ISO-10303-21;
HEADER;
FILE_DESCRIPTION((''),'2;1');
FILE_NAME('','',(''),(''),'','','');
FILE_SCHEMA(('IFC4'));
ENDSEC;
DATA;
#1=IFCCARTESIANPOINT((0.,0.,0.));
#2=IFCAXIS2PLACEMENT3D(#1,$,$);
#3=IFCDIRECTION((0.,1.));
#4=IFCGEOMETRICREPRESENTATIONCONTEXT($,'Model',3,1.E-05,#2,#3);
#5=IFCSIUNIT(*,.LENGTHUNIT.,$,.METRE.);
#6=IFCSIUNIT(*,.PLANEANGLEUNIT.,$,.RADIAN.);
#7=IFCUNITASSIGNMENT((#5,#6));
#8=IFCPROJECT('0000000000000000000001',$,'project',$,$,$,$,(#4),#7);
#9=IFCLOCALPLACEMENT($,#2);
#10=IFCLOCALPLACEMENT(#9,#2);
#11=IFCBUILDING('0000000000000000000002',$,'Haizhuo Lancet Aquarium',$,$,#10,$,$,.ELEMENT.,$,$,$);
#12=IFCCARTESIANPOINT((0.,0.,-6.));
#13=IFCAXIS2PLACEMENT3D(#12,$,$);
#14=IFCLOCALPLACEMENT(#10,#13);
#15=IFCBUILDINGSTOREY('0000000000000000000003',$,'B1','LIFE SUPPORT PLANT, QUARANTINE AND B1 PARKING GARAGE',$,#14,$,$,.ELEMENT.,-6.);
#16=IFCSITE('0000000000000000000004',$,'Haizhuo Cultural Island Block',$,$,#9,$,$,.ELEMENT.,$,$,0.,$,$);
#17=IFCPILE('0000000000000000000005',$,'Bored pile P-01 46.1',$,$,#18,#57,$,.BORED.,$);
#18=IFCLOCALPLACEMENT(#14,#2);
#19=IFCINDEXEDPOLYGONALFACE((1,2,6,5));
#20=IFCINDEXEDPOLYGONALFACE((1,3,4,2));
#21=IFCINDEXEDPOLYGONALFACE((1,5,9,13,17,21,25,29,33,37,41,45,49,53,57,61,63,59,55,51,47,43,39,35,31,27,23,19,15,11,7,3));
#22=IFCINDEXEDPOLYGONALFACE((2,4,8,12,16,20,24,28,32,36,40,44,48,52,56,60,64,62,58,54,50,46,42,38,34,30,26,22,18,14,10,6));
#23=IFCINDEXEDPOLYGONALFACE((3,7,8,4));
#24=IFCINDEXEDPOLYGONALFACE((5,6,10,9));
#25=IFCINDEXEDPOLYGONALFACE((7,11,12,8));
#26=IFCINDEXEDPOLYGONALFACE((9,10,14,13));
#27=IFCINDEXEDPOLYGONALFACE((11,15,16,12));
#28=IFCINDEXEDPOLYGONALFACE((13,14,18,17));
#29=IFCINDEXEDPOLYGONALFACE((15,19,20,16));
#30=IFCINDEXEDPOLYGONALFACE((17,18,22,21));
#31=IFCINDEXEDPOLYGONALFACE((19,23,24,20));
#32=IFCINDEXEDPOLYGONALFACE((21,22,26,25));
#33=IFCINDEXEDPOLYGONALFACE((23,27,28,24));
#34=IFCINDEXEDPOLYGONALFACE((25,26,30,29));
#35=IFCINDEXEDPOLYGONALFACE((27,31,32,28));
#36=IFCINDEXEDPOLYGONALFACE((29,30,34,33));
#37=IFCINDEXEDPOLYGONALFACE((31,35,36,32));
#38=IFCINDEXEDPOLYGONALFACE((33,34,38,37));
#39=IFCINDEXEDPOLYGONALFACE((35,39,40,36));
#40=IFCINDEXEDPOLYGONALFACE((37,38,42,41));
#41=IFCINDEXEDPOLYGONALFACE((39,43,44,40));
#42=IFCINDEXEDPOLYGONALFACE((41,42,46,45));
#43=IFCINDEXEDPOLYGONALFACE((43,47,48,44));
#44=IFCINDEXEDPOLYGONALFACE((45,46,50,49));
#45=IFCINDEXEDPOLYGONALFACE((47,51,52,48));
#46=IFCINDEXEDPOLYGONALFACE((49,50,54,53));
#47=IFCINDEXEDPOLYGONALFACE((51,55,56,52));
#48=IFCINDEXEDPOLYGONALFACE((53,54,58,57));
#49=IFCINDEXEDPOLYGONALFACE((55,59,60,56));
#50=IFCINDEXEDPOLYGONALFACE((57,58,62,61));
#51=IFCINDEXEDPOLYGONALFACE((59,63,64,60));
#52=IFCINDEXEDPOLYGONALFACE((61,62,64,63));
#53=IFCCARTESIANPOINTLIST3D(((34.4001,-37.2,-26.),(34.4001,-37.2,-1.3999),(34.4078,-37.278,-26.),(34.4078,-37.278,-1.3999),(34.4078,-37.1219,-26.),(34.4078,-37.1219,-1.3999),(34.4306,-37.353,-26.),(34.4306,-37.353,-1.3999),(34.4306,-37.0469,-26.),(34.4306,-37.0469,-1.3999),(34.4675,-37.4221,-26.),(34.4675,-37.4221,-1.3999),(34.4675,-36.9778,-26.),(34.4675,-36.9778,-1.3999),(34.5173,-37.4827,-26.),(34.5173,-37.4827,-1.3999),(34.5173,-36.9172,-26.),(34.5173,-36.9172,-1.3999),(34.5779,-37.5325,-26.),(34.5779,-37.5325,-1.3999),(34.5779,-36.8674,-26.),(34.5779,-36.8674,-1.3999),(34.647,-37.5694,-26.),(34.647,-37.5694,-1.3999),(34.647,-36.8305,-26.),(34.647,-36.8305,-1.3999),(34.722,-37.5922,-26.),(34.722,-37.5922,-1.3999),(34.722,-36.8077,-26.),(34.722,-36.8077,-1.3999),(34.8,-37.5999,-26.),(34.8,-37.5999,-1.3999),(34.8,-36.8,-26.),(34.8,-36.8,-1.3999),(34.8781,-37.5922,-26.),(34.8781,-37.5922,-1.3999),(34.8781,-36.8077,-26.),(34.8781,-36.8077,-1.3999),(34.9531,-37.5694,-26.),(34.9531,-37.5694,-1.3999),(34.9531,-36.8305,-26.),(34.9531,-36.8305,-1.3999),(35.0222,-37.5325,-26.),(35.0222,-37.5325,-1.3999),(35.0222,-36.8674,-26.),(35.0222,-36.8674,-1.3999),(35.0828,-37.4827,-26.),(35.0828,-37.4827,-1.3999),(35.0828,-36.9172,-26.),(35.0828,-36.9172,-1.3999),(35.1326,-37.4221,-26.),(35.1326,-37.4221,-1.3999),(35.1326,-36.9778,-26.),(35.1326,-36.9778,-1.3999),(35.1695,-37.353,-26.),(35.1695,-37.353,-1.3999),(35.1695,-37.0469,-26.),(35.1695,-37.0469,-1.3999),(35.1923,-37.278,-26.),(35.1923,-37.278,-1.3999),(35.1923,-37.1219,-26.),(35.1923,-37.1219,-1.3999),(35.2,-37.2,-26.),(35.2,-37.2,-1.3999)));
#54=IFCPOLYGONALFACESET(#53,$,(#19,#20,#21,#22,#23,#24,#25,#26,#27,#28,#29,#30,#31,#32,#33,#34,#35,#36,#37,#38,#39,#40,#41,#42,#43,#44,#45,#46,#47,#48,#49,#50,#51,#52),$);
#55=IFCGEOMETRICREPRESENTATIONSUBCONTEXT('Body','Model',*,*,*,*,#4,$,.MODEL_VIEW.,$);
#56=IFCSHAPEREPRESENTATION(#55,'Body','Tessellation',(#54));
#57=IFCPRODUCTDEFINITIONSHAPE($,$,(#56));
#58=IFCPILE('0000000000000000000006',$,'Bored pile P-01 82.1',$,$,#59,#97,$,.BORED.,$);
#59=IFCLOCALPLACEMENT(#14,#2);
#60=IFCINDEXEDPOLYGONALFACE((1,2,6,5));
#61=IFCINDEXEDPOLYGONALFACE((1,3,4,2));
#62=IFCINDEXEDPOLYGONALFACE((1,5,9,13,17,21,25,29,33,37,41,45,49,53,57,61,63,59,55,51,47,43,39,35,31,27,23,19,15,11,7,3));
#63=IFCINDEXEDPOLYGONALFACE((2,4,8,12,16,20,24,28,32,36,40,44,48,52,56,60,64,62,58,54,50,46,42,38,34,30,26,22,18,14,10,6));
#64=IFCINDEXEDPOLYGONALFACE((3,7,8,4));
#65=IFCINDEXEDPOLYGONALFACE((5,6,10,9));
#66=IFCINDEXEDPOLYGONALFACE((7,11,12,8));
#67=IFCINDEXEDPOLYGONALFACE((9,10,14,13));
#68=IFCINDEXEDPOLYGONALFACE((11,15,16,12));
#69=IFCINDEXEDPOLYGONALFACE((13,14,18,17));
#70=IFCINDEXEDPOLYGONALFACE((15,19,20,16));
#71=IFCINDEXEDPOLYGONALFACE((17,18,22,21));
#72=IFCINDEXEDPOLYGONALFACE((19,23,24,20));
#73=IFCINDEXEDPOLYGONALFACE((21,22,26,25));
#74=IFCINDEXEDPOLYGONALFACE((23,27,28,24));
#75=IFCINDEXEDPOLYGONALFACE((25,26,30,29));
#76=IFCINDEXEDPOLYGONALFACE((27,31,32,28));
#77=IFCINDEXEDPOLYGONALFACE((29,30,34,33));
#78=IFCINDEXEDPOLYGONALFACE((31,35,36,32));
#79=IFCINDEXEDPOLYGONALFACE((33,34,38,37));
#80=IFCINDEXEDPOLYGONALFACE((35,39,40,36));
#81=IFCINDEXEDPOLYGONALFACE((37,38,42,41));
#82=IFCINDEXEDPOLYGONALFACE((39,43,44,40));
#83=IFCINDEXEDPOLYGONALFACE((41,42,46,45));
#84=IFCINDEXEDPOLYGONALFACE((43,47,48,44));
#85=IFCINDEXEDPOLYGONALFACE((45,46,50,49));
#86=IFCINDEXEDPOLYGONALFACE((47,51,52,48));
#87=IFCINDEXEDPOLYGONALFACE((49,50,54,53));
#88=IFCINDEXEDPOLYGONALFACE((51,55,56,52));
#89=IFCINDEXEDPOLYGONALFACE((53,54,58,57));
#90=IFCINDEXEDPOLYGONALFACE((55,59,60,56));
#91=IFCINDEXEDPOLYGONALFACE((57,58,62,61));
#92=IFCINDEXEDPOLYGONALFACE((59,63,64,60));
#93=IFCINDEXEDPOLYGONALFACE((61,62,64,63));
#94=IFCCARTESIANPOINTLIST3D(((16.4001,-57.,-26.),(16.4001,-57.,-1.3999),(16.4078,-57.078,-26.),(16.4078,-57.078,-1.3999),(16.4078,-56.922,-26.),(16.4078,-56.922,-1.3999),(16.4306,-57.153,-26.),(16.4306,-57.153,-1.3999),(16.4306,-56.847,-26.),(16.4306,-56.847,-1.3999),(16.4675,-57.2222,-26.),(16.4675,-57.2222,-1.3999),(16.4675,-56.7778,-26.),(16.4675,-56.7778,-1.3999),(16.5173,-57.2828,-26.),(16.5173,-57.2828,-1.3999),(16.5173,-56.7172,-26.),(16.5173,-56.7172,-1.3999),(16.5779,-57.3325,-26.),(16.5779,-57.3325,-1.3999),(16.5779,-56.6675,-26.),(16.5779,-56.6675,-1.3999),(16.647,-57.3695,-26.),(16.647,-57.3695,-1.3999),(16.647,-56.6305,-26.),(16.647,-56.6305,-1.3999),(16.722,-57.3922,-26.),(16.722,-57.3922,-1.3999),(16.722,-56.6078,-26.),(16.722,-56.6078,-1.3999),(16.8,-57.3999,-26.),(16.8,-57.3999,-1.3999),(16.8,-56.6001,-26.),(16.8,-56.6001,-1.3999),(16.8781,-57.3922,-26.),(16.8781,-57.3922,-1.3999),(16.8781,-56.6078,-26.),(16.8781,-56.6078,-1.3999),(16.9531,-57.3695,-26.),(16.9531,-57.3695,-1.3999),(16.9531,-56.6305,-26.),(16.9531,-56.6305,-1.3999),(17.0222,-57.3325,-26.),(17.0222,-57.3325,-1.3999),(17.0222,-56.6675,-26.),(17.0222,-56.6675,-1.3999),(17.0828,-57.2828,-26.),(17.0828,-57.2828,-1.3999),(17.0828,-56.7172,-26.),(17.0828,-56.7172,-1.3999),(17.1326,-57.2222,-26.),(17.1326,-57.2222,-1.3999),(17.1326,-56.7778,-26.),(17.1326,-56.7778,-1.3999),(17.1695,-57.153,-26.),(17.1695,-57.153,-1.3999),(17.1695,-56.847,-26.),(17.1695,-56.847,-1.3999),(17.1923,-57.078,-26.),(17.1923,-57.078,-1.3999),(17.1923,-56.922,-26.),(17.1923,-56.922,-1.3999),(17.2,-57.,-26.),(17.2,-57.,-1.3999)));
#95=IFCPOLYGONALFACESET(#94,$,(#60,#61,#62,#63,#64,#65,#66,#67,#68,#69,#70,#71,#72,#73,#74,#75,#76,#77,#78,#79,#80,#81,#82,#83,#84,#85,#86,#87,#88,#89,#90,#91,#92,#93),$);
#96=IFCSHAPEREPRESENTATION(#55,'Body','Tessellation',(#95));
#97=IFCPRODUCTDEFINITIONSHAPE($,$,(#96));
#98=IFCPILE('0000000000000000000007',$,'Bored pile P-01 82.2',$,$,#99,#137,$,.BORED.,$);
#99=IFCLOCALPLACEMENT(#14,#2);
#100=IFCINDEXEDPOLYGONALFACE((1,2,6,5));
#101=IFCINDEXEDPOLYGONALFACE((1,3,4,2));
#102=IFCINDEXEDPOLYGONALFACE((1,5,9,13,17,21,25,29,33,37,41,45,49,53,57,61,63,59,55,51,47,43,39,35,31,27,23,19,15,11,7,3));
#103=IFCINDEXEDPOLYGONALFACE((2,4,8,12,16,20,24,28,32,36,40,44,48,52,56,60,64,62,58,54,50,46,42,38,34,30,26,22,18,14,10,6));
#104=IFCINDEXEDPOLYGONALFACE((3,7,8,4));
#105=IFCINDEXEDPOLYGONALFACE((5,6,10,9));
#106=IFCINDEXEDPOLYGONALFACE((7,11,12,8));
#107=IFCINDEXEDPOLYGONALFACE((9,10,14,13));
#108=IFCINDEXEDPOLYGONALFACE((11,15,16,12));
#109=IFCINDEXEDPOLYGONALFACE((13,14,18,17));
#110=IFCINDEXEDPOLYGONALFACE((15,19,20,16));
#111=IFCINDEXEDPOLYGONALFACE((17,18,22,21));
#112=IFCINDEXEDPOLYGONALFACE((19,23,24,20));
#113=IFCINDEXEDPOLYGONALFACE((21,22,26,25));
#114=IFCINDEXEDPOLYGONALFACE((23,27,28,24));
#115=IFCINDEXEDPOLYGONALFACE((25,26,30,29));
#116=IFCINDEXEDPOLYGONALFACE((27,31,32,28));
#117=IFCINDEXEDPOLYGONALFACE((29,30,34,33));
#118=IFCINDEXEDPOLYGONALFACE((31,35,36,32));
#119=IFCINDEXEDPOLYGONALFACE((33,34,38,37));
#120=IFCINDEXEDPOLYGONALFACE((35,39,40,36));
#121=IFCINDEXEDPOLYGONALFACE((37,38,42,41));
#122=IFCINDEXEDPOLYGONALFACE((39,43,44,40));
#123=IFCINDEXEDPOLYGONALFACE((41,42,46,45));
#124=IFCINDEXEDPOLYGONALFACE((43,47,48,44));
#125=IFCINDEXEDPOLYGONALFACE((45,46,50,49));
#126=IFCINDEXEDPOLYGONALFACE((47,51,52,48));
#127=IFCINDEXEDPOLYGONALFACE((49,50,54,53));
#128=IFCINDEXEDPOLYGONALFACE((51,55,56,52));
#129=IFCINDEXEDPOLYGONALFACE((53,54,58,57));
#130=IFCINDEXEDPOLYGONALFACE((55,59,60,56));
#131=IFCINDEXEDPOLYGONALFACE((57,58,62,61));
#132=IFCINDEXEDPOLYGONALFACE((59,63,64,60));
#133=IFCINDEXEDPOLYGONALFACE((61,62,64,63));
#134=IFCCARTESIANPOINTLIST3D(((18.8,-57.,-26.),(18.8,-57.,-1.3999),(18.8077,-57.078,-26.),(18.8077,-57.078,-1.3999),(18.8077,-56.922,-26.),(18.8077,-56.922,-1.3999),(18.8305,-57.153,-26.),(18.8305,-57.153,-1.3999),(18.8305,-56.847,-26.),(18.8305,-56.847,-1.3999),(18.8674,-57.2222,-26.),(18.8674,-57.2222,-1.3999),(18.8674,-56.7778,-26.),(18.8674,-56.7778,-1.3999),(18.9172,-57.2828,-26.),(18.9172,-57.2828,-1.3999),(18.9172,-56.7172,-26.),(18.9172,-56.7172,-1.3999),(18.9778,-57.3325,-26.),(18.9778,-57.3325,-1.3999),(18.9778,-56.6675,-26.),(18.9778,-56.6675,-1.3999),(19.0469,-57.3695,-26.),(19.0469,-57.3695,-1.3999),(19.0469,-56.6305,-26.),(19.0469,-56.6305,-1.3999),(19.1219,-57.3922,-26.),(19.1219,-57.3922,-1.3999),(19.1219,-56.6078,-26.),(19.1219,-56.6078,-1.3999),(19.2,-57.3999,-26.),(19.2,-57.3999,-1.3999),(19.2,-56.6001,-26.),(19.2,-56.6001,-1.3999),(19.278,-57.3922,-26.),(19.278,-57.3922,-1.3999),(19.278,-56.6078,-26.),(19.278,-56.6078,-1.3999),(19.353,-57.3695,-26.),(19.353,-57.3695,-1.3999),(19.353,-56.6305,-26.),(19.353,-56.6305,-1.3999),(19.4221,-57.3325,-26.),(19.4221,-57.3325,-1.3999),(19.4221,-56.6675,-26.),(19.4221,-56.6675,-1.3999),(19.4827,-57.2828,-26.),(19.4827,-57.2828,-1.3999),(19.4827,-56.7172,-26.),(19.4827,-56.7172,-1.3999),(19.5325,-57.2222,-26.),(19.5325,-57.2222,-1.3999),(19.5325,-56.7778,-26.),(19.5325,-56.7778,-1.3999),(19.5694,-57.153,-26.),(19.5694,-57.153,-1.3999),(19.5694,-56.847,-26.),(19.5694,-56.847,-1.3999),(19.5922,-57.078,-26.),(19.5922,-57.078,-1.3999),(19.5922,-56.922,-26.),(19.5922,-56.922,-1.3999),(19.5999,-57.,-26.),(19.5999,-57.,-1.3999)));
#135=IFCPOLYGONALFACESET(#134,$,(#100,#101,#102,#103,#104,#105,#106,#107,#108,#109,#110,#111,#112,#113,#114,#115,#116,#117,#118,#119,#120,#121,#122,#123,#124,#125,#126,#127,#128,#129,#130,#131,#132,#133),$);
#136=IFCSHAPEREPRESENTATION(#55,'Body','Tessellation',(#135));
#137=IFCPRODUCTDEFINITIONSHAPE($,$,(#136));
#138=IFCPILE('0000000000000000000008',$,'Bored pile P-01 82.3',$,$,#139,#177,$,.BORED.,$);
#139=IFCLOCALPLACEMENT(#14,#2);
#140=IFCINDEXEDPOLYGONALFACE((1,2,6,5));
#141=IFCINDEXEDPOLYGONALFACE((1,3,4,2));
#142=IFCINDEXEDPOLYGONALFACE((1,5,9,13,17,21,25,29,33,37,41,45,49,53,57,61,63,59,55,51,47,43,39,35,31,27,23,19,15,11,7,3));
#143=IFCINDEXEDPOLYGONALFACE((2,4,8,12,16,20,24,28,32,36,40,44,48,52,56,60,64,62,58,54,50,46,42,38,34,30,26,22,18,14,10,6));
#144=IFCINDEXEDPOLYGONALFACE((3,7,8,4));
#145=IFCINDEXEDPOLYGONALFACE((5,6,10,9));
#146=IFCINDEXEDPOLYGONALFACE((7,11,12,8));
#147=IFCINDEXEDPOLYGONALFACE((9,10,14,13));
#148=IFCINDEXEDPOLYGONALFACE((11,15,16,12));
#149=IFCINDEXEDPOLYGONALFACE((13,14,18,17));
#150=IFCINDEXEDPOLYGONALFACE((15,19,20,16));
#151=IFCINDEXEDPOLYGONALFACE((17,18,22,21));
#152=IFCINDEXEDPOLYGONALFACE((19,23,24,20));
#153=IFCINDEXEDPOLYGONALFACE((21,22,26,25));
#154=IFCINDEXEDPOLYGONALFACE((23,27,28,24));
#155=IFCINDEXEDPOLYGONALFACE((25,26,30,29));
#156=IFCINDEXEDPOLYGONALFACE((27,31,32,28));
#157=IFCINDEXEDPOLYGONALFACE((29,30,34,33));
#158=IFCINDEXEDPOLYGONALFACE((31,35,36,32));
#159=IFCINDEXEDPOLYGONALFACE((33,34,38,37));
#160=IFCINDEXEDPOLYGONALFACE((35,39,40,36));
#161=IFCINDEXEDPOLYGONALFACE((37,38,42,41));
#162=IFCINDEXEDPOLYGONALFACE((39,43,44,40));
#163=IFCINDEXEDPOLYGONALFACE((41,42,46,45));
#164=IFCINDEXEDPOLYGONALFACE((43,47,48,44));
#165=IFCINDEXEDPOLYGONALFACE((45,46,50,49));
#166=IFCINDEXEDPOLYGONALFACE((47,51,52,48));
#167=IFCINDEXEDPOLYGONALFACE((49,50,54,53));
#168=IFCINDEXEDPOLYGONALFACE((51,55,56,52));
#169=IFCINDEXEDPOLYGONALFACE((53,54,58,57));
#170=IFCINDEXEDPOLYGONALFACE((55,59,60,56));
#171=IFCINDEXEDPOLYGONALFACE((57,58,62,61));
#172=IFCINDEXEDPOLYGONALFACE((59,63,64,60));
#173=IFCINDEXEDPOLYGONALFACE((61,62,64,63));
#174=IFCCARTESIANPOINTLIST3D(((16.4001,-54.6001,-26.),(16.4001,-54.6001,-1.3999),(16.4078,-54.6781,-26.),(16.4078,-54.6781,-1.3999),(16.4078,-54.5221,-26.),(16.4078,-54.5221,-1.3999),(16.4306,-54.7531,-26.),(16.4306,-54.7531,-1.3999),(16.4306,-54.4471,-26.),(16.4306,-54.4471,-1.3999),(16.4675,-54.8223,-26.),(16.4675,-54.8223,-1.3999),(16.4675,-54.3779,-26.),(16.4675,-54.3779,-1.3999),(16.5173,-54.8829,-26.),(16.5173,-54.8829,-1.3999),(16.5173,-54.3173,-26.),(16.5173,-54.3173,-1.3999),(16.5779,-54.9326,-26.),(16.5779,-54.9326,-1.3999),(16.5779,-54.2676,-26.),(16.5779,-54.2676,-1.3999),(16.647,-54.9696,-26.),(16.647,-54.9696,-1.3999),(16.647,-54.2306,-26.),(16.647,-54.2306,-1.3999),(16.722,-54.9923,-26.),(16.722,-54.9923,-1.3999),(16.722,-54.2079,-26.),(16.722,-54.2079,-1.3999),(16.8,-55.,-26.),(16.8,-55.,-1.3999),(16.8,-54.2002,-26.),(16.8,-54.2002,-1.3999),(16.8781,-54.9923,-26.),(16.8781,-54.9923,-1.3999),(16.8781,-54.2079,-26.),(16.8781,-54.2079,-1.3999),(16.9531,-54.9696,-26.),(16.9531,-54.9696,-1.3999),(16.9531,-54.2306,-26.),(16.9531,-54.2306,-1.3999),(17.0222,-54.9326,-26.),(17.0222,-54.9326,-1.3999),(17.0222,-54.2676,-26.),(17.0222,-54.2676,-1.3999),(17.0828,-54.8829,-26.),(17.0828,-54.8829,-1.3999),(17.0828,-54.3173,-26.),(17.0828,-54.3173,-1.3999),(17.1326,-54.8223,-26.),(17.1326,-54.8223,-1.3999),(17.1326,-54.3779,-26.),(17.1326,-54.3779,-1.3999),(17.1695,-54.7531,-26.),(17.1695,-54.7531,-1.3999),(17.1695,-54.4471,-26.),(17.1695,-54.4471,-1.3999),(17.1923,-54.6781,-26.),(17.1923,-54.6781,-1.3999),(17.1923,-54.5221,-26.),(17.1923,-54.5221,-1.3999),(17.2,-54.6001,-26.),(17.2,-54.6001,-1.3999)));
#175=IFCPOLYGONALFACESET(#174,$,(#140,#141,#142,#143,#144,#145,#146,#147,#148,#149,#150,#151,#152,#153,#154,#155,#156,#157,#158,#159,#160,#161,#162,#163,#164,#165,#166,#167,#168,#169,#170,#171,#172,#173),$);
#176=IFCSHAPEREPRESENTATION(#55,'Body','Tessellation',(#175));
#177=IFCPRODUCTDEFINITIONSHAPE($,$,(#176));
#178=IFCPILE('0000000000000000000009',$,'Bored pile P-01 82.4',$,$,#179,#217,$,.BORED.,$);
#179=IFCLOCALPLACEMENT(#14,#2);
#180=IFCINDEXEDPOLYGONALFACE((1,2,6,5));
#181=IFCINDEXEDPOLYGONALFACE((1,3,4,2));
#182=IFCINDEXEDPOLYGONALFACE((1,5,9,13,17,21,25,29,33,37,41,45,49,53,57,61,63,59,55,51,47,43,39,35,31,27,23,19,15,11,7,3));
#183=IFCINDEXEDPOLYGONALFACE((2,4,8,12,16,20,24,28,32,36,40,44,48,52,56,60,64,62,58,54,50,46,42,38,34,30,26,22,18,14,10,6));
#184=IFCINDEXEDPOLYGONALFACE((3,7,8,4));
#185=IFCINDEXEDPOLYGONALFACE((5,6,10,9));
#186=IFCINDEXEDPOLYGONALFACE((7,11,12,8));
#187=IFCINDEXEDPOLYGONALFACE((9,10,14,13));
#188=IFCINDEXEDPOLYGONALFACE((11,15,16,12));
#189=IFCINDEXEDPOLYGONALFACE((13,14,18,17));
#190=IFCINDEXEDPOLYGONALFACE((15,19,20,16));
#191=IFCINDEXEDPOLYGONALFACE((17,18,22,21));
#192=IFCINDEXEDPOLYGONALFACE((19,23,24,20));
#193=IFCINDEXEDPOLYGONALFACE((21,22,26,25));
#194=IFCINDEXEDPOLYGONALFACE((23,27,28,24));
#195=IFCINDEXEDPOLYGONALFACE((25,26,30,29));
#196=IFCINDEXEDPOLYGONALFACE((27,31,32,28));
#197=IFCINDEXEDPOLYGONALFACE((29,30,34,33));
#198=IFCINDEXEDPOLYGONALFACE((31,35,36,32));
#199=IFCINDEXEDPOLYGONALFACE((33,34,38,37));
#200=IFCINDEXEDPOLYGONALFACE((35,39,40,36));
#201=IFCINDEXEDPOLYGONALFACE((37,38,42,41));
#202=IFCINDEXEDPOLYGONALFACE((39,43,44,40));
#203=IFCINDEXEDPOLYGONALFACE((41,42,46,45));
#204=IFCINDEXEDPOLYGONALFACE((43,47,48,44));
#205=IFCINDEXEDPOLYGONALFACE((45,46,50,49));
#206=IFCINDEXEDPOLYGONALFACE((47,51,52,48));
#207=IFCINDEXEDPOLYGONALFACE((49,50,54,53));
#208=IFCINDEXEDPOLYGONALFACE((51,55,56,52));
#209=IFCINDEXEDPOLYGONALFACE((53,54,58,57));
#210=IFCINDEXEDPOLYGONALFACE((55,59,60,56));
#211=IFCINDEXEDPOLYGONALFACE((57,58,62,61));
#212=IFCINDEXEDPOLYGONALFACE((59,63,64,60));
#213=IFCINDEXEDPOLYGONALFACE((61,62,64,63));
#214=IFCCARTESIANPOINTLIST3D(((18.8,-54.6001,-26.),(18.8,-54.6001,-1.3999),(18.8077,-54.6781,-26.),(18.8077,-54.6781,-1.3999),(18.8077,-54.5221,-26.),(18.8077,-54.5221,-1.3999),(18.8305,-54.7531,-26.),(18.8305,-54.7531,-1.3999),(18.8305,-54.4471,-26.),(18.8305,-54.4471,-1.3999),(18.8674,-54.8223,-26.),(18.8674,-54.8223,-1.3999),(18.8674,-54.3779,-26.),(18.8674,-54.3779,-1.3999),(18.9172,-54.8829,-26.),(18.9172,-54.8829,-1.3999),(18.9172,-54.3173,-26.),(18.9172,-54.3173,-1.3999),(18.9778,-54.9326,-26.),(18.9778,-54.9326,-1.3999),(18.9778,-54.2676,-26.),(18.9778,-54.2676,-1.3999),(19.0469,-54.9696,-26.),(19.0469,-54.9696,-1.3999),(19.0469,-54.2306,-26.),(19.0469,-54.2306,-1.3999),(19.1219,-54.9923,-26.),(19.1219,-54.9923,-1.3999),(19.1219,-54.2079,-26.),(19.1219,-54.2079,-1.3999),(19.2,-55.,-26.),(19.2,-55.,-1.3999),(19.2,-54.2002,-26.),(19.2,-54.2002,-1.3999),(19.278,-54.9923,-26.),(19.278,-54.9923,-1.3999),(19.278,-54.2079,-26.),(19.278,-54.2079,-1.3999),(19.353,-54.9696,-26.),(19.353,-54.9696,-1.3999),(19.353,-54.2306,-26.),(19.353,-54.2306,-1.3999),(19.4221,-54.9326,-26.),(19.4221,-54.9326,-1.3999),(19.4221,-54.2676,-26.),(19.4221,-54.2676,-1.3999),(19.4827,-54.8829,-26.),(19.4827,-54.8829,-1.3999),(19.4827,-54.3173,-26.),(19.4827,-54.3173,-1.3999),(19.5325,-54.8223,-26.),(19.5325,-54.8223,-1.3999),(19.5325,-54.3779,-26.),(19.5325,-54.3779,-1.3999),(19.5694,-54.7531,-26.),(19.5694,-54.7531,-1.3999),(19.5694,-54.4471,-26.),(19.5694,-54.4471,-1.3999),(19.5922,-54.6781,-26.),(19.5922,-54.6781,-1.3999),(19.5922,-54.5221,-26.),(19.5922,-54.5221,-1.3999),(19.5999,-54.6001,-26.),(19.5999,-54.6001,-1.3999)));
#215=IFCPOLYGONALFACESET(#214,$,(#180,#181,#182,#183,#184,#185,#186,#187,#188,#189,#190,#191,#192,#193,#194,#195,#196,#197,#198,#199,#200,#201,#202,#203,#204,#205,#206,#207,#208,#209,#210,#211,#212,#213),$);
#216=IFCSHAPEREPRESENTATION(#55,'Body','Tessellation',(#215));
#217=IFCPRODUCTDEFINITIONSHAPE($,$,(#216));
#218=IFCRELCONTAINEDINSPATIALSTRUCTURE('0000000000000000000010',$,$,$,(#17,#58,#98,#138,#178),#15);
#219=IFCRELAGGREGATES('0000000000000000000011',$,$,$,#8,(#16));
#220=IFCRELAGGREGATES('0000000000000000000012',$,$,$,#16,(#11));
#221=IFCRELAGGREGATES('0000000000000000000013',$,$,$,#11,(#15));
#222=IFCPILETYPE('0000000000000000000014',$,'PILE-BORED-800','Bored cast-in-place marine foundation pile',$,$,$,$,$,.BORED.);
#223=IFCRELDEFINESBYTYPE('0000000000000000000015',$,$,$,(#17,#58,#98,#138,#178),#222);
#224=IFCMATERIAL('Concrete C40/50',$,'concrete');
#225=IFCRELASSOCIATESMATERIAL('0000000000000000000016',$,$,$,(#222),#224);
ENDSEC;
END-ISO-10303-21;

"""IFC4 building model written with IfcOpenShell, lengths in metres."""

from ifc_helpers import new_model, si_unit, direction, frame, origin, origin_2d, place, context, subcontext, project, spatial, circle, extrude, material, material_profile, profile_set, type_object, element, save


model = new_model("IFC4")

# Units and contexts
model_context = context("Model", 3, precision=1e-05, world=origin(), true_north=direction((0.0, 1.0)))
body_context = subcontext(model_context, "Body", "Model", "MODEL_VIEW")
ifc_project = project(units=[si_unit("LENGTHUNIT", "METRE"), si_unit("PLANEANGLEUNIT", "RADIAN")], contexts=[model_context])

# Site, building, storey
site_placement = place(None, origin())
site = spatial("IfcSite", under=ifc_project, at=site_placement, Name="Haizhuo Cultural Island Block", CompositionType="ELEMENT", RefElevation=0.0)
building_placement = place(site_placement, origin())
building = spatial("IfcBuilding", under=site, at=building_placement, Name="Haizhuo Lancet Aquarium", CompositionType="ELEMENT")
storey_placement = place(building_placement, frame((0.0, 0.0, -6.0)))
storey = spatial("IfcBuildingStorey", under=building, at=storey_placement, Name="B1", Description="LIFE SUPPORT PLANT, QUARANTINE AND B1 PARKING GARAGE", CompositionType="ELEMENT", Elevation=-6.0)

# Shared definitions
ifc_material_1 = material(Name="Concrete C40/50", Category="concrete")

# Piles
ifc_material_profile_1 = material_profile(ifc_material_1, circle(Radius=0.3999, at=origin_2d()), Name="PILE-800")
ifc_profile_set_1 = profile_set([ifc_material_profile_1], Name="Concrete C40/50")
pile_type = type_object("IfcPileType", Name="PILE-BORED-800", Description="Bored cast-in-place marine foundation pile", PredefinedType="BORED", material=ifc_profile_set_1)
for number, where, z_axis, x_axis, name in (
    (1, (34.8, -37.2, -1.3999), (0.0, 0.0, -1.0), (1.0, 0.0, 0.0), "Bored pile P-01 46.1"),
    (2, (16.8, -57.0, -1.3999), (0.0, 0.0, -1.0), (1.0, 0.0, 0.0), "Bored pile P-01 82.1"),
    (3, (19.2, -57.0, -1.3999), (0.0, 0.0, -1.0), (1.0, 0.0, 0.0), "Bored pile P-01 82.2"),
    (4, (16.8, -54.6001, -1.3999), (0.0, 0.0, -1.0), (1.0, 0.0, 0.0), "Bored pile P-01 82.3"),
    (5, (19.2, -54.6001, -1.3999), (0.0, 0.0, -1.0), (1.0, 0.0, 0.0), "Bored pile P-01 82.4"),
):
    element("IfcPile", number, at=place(storey_placement, frame(where, z_axis=z_axis, x_axis=x_axis)), inside=storey, type_object=pile_type, Name=name, PredefinedType="BORED", context=body_context, shape_type="SweptSolid", body=[
        extrude(circle(Radius=0.3999, at=origin_2d()), origin(), (0.0, 0.0, 1.0), 24.6001),
    ])

save(model, "model.ifc")
